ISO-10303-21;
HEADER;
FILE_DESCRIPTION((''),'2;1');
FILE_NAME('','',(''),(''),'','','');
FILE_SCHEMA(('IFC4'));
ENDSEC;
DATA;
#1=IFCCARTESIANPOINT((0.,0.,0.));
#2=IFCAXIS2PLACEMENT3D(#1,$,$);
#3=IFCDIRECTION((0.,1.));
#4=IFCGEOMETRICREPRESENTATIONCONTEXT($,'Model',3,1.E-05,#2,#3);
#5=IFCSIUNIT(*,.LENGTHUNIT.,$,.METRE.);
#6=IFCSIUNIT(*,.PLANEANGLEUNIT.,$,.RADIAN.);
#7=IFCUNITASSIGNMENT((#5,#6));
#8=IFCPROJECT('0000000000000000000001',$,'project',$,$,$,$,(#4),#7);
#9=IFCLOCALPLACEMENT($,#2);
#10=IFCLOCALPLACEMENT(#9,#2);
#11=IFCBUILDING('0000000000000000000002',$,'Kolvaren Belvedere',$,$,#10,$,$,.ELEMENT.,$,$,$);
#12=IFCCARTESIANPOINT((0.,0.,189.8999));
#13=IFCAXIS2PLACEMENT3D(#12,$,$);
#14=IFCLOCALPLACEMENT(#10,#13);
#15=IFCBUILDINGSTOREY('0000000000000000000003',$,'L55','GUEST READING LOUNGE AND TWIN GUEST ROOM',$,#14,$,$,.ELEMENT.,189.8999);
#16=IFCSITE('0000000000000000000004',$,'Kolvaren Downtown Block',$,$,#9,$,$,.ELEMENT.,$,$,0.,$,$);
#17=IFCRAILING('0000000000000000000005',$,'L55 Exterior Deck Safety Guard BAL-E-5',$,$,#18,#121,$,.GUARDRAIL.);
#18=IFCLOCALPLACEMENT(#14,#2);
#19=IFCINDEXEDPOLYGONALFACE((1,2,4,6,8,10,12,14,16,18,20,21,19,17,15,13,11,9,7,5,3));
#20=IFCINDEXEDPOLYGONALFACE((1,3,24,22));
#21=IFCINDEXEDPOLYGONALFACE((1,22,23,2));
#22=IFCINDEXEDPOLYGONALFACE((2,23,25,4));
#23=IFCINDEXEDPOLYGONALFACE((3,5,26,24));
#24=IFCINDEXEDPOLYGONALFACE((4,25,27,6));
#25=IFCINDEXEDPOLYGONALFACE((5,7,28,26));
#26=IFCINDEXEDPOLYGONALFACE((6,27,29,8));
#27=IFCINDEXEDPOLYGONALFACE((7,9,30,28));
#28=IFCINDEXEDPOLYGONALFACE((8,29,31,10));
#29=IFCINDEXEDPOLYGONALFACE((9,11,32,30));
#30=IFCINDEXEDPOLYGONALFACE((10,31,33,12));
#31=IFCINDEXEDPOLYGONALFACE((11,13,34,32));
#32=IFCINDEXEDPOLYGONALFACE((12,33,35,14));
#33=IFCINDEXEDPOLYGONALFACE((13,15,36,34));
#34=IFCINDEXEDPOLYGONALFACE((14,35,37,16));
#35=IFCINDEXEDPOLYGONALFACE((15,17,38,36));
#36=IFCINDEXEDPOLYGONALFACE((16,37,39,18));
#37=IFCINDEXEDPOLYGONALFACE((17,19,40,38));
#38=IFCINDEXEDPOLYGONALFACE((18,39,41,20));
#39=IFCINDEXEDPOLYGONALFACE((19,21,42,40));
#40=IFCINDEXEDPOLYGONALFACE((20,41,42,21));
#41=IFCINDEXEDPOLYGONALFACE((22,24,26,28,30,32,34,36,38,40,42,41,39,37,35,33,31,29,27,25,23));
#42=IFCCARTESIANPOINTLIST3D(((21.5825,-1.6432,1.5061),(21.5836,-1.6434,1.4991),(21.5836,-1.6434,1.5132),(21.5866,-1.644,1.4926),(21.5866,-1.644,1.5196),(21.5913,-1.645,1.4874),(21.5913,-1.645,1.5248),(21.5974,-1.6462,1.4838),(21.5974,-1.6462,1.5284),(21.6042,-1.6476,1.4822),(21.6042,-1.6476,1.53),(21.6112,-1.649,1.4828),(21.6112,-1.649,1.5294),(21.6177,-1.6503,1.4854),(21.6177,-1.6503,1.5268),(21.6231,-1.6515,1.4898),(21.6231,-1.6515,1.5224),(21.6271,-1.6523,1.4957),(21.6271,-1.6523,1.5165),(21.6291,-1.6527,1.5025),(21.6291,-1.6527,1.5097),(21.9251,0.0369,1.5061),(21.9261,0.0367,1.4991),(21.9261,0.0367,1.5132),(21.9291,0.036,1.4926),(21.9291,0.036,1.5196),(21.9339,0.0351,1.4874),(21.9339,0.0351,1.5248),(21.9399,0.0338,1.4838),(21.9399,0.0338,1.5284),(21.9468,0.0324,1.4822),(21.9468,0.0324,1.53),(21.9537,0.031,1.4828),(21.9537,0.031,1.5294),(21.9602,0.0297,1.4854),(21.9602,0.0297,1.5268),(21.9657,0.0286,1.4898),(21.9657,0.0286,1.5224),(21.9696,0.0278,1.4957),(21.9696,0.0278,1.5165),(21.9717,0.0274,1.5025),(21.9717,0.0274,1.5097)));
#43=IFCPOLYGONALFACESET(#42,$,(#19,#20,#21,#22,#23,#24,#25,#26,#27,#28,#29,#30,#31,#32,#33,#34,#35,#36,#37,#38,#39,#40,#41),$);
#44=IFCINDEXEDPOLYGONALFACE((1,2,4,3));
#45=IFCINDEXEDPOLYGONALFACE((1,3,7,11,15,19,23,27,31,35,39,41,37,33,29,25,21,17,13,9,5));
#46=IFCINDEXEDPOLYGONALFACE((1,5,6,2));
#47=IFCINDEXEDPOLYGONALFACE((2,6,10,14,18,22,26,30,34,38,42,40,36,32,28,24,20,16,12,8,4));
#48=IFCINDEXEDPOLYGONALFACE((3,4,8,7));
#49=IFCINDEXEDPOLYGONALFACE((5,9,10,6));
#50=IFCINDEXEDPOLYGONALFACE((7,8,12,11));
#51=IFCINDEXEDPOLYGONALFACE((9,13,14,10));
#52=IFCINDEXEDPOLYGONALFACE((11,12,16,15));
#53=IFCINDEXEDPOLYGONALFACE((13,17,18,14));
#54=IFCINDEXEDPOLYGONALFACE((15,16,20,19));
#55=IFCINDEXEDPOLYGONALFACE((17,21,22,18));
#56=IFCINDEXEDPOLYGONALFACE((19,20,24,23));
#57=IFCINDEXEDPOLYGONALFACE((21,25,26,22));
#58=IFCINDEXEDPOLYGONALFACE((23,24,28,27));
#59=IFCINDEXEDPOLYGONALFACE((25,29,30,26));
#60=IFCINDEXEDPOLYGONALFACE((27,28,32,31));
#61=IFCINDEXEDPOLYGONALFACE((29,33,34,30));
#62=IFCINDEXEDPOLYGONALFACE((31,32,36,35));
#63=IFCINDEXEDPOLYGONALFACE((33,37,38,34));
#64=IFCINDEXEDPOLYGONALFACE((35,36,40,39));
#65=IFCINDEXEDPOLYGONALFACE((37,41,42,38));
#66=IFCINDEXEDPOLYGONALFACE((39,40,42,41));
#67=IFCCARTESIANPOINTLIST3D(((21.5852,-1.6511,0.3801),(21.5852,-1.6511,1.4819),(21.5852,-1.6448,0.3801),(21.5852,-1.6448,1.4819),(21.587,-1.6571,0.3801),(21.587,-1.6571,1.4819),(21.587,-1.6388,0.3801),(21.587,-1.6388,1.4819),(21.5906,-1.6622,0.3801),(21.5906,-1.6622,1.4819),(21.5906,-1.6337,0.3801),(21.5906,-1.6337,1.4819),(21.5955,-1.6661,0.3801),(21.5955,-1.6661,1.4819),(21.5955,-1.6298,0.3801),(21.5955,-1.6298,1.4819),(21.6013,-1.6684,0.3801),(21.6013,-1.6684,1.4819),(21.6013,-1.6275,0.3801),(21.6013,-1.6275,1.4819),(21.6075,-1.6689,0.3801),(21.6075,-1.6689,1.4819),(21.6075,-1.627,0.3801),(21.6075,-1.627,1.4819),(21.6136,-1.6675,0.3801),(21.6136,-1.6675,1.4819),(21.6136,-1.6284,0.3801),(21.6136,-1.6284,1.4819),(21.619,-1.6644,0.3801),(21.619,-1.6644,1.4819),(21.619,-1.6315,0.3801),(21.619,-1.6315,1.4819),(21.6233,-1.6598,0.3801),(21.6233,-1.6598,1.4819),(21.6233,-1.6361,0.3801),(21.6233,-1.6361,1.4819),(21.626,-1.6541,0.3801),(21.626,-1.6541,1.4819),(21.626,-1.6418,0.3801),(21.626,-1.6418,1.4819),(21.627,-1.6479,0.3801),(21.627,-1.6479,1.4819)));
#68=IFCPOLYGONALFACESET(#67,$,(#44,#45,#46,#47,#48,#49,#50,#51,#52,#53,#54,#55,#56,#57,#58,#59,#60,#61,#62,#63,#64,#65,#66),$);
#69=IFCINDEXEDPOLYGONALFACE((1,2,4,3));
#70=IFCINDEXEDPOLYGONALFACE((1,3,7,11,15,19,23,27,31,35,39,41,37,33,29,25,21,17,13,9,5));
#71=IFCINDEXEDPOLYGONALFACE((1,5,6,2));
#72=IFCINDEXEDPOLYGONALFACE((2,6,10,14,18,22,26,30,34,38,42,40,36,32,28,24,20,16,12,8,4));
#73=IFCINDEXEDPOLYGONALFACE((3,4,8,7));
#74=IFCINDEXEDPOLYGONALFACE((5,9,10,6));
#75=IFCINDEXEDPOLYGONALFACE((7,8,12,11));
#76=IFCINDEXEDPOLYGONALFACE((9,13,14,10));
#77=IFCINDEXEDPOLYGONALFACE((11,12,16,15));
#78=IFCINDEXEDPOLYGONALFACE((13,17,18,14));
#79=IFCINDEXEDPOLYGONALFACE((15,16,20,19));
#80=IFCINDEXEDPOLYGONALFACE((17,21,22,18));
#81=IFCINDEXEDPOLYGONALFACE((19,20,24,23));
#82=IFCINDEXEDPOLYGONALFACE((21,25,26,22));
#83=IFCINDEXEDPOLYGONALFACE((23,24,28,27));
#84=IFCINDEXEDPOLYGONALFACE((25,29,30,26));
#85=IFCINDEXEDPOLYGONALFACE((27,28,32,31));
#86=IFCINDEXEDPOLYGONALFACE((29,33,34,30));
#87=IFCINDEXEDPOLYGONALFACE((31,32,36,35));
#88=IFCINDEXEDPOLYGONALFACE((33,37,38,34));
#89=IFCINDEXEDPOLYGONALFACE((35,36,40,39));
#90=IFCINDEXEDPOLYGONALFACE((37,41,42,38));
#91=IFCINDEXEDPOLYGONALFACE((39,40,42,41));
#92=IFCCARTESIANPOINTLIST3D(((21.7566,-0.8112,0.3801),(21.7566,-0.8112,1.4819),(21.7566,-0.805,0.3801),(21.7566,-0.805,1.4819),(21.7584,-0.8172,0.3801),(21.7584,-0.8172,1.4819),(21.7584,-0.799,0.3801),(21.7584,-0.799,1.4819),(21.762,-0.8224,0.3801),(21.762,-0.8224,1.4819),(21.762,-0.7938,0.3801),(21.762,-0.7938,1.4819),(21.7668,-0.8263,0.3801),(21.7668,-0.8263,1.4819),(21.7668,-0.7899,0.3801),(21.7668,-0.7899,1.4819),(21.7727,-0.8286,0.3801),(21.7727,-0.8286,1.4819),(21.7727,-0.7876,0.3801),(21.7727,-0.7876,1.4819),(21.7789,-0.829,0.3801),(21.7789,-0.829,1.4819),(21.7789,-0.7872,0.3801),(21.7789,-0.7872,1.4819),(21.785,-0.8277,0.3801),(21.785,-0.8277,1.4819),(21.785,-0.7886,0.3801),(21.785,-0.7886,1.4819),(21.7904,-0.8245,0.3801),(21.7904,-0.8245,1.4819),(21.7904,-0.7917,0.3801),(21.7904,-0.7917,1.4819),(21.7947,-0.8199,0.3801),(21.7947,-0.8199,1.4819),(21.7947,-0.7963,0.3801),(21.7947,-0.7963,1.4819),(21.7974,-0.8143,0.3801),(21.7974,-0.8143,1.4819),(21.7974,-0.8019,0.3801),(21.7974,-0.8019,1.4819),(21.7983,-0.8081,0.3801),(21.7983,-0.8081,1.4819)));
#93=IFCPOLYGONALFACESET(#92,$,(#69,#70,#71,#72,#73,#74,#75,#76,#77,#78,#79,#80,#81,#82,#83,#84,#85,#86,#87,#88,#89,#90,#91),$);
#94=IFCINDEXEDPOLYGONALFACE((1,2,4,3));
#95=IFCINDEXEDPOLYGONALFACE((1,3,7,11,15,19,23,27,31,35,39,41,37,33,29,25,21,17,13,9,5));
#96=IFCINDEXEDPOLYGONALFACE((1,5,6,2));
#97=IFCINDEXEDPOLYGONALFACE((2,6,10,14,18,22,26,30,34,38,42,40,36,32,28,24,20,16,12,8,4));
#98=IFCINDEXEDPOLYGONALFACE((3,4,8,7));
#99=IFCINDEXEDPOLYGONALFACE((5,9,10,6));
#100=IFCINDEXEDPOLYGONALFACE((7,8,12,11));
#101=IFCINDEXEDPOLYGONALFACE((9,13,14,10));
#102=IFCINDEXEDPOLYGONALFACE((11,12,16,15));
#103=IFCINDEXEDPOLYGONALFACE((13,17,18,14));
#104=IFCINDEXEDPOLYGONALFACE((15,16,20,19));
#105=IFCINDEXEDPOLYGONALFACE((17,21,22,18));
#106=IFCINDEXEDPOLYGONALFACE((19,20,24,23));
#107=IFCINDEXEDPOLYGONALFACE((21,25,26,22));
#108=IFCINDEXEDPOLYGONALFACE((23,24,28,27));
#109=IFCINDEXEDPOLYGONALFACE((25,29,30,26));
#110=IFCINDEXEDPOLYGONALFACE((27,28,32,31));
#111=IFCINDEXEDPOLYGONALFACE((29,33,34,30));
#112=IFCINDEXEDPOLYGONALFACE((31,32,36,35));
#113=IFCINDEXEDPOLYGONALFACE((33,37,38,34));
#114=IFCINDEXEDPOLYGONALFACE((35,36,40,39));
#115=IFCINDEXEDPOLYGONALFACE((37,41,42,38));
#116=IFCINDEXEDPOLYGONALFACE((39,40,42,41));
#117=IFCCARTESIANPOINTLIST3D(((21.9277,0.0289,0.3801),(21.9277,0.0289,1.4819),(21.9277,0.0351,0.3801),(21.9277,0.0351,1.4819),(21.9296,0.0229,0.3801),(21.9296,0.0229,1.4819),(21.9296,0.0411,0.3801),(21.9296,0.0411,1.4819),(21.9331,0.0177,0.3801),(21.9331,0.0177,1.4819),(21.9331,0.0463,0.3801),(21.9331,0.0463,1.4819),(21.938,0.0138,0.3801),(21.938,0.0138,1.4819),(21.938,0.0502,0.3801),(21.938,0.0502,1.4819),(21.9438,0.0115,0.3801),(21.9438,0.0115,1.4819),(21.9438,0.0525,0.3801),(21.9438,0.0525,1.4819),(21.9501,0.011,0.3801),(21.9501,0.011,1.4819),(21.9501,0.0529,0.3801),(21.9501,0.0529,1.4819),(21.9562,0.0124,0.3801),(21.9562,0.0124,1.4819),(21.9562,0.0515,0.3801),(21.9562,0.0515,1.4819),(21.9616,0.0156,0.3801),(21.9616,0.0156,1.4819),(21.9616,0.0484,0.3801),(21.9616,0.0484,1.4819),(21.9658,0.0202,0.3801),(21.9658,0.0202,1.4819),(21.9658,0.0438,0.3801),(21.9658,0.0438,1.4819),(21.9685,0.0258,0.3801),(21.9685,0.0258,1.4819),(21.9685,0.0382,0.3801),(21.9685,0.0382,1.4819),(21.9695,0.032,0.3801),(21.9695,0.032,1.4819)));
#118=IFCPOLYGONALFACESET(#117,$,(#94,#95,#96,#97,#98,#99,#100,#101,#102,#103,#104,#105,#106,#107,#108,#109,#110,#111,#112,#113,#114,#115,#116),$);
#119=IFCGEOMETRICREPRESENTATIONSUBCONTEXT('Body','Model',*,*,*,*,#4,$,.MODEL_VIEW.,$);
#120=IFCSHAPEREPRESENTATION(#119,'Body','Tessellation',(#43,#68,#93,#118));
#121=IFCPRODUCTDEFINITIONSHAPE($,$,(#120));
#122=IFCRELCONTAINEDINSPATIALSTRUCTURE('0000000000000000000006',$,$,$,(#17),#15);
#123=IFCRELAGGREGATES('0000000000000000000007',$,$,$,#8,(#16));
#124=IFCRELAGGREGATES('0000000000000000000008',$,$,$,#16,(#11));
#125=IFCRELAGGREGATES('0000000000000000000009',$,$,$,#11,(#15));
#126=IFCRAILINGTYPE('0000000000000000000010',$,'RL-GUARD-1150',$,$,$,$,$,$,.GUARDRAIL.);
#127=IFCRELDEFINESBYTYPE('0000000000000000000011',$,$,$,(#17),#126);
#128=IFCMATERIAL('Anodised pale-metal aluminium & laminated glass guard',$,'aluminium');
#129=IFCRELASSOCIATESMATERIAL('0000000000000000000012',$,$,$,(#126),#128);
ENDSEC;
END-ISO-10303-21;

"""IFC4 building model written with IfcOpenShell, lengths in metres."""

from ifc_helpers import new_model, si_unit, direction, frame, origin, origin_2d, place, context, subcontext, project, spatial, circle, extrude, material, type_object, element, save


model = new_model("IFC4")

# Units and contexts
model_context = context("Model", 3, precision=1e-05, world=origin(), true_north=direction((0.0, 1.0)))
body_context = subcontext(model_context, "Body", "Model", "MODEL_VIEW")
ifc_project = project(units=[si_unit("LENGTHUNIT", "METRE"), si_unit("PLANEANGLEUNIT", "RADIAN")], contexts=[model_context])

# Site, building, storey
site_placement = place(None, origin())
site = spatial("IfcSite", under=ifc_project, at=site_placement, Name="Kolvaren Downtown Block", CompositionType="ELEMENT", RefElevation=0.0)
building_placement = place(site_placement, origin())
building = spatial("IfcBuilding", under=site, at=building_placement, Name="Kolvaren Belvedere", CompositionType="ELEMENT")
storey_placement = place(building_placement, frame((0.0, 0.0, 189.8999)))
storey = spatial("IfcBuildingStorey", under=building, at=storey_placement, Name="L55", Description="GUEST READING LOUNGE AND TWIN GUEST ROOM", CompositionType="ELEMENT", Elevation=189.8999)

# Railing
ifc_material_1 = material(Name="Anodised pale-metal aluminium & laminated glass guard", Category="aluminium")
railing_type = type_object("IfcRailingType", Name="RL-GUARD-1150", PredefinedType="GUARDRAIL", material=ifc_material_1)
railing_1_placement = place(storey_placement, frame((21.606, -1.6479, 0.3801)))
element("IfcRailing", 1, at=railing_1_placement, inside=storey, type_object=railing_type, Name="L55 Exterior Deck Safety Guard BAL-E-5", PredefinedType="GUARDRAIL", context=body_context, shape_type="SweptSolid", body=[
    extrude(circle(Radius=0.0239, at=origin_2d()), frame((0.0, 0.0, 1.126), z_axis=(0.199784, 0.97984, 0.0), x_axis=(-0.97984, 0.199784, 0.0)), (0.0, 0.0, 1.0), 1.7146),
    extrude(circle(Radius=0.021, at=origin_2d()), origin(), (0.0, 0.0, 1.0), 1.1018),
    extrude(circle(Radius=0.021, at=origin_2d()), frame((0.1714, 0.8398, 0.0)), (0.0, 0.0, 1.0), 1.1018),
    extrude(circle(Radius=0.021, at=origin_2d()), frame((0.3425, 1.6799, 0.0)), (0.0, 0.0, 1.0), 1.1018),
])

save(model, "model.ifc")
